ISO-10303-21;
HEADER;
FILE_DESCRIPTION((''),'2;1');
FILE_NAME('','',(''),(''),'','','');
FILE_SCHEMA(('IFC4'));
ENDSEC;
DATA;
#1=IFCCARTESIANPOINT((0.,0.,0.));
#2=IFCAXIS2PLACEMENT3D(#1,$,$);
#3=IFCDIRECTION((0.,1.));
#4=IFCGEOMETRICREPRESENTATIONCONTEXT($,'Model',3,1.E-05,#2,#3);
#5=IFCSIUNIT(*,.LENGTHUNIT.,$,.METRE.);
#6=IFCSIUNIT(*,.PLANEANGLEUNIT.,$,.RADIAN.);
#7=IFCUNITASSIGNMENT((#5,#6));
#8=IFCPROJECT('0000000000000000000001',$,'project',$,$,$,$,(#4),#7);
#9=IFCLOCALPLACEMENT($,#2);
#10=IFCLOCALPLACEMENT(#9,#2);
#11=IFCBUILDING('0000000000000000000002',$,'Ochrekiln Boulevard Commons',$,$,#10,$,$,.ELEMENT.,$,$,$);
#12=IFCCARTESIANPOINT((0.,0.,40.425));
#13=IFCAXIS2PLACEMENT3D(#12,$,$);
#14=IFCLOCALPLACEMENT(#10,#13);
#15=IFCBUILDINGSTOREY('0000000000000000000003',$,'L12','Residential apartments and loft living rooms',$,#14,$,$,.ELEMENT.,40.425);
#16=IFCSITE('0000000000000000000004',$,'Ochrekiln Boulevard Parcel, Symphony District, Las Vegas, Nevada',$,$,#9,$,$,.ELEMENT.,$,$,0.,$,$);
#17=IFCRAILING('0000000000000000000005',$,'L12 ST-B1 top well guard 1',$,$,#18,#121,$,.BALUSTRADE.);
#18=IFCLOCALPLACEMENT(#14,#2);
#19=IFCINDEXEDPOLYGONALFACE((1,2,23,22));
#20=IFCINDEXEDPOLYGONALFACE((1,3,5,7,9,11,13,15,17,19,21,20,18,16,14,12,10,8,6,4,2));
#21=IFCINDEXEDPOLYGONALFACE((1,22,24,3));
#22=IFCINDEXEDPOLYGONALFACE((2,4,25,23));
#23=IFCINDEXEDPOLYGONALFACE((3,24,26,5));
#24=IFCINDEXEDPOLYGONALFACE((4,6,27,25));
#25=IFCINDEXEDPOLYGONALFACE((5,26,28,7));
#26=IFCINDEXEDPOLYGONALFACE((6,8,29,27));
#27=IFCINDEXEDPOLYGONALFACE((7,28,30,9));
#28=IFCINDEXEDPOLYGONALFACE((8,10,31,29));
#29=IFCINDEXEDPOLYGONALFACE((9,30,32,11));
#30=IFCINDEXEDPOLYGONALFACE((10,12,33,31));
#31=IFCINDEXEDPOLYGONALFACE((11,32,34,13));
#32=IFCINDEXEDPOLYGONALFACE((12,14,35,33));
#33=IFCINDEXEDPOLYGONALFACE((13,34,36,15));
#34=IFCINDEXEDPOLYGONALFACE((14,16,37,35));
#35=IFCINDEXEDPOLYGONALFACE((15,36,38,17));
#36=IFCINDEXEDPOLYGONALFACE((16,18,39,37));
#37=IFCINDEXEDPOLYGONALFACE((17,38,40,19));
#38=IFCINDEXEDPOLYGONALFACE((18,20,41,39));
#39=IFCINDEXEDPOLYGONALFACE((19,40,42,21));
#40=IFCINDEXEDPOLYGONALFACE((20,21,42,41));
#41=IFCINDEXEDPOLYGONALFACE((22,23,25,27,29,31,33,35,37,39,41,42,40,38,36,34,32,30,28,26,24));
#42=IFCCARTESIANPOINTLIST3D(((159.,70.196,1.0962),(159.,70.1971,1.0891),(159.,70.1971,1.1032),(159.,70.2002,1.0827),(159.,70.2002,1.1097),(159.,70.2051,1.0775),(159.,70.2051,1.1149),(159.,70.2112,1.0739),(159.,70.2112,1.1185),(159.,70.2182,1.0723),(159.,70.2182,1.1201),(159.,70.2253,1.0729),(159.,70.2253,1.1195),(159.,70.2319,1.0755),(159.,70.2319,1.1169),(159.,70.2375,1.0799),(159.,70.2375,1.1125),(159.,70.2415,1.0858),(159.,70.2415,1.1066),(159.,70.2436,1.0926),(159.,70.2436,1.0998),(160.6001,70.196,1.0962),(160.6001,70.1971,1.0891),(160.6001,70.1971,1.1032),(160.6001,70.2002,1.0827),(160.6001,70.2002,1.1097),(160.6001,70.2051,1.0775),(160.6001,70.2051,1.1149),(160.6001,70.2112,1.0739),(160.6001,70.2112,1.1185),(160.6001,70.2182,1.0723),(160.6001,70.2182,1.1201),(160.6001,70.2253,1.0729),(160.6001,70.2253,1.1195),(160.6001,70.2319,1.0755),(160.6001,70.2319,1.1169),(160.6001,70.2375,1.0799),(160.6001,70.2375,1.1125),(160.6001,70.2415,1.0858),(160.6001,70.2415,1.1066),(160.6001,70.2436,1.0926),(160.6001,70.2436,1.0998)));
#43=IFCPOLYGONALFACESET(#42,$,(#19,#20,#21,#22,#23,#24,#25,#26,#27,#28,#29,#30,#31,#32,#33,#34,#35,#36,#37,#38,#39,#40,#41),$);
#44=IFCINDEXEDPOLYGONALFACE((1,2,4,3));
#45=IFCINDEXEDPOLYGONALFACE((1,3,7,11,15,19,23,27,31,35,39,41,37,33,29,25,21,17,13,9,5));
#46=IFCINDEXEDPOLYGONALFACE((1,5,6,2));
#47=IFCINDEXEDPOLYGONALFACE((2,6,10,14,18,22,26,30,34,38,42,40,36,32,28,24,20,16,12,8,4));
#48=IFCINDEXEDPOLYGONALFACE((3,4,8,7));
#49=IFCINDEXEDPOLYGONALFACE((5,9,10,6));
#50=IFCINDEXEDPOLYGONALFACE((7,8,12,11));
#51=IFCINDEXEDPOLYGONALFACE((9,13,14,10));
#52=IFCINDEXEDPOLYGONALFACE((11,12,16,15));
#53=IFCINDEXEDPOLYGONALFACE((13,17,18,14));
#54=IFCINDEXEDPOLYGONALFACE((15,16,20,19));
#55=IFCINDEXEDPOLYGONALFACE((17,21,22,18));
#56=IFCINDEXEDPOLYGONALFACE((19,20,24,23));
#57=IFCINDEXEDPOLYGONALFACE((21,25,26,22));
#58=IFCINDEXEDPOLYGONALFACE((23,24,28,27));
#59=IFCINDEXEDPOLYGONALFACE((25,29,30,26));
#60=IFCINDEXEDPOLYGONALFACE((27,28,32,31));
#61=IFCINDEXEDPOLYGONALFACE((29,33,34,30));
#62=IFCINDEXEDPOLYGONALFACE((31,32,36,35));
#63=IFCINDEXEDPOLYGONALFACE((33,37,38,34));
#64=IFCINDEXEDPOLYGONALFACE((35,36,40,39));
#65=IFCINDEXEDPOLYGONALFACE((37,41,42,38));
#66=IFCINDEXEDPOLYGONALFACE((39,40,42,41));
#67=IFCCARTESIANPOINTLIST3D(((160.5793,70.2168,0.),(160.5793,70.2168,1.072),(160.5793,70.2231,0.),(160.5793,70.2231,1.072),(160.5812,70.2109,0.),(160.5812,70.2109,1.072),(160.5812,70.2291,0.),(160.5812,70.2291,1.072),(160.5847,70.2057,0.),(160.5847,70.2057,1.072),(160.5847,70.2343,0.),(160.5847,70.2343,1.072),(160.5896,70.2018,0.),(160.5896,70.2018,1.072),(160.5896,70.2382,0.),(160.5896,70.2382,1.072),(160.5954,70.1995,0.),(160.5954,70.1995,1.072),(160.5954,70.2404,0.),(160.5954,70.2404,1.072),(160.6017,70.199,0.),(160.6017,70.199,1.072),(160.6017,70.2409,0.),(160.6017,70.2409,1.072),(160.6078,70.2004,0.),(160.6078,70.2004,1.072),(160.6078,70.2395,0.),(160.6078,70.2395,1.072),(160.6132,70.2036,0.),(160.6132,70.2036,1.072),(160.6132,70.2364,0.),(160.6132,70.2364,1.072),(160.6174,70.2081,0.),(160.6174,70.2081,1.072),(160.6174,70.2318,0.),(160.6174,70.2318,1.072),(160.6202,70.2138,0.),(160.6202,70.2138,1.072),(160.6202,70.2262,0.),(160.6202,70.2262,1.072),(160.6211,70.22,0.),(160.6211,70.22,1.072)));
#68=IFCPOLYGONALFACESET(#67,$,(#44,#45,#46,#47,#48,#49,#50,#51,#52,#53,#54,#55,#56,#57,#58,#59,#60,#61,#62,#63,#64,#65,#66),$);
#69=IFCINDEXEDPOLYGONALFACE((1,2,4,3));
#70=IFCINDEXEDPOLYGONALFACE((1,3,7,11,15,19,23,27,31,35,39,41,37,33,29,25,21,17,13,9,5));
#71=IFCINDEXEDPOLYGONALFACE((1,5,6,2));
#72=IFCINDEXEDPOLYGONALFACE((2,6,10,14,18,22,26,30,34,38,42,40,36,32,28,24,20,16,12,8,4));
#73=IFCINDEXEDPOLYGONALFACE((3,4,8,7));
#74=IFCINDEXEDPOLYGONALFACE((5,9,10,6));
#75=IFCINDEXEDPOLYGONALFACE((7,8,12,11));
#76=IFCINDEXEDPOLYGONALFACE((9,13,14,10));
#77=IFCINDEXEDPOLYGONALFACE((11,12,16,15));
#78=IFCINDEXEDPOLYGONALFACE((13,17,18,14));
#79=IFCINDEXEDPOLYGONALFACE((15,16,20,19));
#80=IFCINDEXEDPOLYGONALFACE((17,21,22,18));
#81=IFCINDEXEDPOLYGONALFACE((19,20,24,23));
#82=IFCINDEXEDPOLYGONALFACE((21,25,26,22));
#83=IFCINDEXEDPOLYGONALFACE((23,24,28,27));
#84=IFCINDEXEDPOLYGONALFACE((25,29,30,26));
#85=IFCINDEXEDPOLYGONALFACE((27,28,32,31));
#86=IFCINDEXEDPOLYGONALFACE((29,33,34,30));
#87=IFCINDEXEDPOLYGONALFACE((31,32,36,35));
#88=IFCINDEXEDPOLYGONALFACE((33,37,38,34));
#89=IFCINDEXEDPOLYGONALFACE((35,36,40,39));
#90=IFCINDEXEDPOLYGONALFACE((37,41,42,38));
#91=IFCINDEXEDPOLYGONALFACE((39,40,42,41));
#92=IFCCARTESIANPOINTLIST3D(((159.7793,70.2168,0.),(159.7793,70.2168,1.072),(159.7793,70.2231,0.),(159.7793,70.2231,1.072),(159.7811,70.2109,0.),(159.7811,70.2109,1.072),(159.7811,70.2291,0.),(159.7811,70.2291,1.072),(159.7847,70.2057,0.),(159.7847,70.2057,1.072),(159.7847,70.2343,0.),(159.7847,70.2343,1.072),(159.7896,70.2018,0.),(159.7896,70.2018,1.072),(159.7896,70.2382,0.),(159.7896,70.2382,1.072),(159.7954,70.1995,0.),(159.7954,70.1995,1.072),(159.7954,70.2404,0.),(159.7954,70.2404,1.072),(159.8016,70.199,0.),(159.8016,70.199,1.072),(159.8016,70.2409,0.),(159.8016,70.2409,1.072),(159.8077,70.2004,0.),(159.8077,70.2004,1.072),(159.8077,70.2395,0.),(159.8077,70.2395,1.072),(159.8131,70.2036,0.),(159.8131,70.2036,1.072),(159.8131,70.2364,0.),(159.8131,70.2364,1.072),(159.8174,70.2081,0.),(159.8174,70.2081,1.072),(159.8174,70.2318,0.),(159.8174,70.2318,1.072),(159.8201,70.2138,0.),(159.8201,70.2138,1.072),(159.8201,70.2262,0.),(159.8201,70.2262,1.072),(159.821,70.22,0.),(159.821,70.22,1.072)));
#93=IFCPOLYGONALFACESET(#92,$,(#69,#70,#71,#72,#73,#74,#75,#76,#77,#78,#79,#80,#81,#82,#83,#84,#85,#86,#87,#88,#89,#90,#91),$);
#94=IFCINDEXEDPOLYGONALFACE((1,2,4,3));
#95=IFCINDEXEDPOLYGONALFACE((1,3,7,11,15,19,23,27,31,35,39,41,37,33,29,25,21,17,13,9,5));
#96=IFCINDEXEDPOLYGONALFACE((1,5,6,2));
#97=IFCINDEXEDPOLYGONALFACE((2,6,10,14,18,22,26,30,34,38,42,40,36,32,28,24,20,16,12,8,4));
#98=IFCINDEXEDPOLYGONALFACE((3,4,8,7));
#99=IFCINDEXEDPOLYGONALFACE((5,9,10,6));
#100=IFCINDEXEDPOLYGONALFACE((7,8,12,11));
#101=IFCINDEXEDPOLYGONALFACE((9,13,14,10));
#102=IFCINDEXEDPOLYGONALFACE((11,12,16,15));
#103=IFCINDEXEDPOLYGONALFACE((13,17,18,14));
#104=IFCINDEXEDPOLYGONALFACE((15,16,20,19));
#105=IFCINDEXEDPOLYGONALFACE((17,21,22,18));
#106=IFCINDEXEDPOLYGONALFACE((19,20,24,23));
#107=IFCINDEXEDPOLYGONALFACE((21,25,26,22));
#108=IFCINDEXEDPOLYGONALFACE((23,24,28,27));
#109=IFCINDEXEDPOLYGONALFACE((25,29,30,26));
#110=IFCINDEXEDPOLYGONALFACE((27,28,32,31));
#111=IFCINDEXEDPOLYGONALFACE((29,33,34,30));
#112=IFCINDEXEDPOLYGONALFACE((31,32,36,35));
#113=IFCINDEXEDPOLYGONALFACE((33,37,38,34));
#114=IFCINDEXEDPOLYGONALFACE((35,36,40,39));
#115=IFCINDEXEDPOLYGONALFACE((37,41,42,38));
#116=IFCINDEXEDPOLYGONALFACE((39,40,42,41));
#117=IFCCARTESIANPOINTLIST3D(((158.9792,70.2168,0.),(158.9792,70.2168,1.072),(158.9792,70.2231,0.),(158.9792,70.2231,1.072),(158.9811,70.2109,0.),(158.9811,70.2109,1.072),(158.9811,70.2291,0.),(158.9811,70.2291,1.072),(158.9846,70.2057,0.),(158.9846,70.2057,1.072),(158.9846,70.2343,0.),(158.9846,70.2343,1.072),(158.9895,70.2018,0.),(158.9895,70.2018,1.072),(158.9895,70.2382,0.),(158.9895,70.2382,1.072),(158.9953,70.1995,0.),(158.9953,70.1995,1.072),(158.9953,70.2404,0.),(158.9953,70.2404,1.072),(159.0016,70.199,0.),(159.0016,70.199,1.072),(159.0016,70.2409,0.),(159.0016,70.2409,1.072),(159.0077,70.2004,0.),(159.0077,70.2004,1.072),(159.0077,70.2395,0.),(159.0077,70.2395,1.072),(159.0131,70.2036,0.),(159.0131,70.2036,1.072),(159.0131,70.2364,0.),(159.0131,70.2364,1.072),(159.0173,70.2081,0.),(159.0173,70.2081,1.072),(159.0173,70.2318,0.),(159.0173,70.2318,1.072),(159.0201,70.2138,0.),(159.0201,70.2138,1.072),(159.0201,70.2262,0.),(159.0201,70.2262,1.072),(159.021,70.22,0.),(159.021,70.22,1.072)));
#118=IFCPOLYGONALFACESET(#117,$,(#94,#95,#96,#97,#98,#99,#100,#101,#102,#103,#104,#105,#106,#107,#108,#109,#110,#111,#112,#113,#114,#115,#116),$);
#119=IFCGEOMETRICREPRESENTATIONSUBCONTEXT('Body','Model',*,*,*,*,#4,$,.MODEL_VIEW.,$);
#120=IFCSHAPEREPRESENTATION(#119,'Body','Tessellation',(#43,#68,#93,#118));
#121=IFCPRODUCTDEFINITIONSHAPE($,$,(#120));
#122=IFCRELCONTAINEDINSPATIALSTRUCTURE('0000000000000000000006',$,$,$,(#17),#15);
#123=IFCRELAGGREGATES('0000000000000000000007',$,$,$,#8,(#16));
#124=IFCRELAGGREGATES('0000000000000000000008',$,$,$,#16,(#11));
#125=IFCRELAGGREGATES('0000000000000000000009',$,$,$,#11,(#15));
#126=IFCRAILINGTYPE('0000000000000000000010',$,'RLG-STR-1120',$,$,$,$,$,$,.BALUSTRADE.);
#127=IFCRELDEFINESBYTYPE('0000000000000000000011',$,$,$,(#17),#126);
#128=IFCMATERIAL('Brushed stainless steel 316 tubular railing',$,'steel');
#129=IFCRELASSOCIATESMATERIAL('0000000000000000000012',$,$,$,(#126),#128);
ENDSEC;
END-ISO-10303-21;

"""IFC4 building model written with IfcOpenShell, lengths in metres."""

from ifc_helpers import new_model, si_unit, direction, frame, origin, origin_2d, place, context, subcontext, project, spatial, circle, extrude, material, type_object, element, save


model = new_model("IFC4")

# Units and contexts
model_context = context("Model", 3, precision=1e-05, world=origin(), true_north=direction((0.0, 1.0)))
body_context = subcontext(model_context, "Body", "Model", "MODEL_VIEW")
ifc_project = project(units=[si_unit("LENGTHUNIT", "METRE"), si_unit("PLANEANGLEUNIT", "RADIAN")], contexts=[model_context])

# Site, building, storey
site_placement = place(None, origin())
site = spatial("IfcSite", under=ifc_project, at=site_placement, Name="Ochrekiln Boulevard Parcel, Symphony District, Las Vegas, Nevada", CompositionType="ELEMENT", RefElevation=0.0)
building_placement = place(site_placement, origin())
building = spatial("IfcBuilding", under=site, at=building_placement, Name="Ochrekiln Boulevard Commons", CompositionType="ELEMENT")
storey_placement = place(building_placement, frame((0.0, 0.0, 40.425)))
storey = spatial("IfcBuildingStorey", under=building, at=storey_placement, Name="L12", Description="Residential apartments and loft living rooms", CompositionType="ELEMENT", Elevation=40.425)

# Railing
ifc_material_1 = material(Name="Brushed stainless steel 316 tubular railing", Category="steel")
railing_type = type_object("IfcRailingType", Name="RLG-STR-1120", PredefinedType="BALUSTRADE", material=ifc_material_1)
railing_placement = place(storey_placement, frame((160.6001, 70.22, 0.0)))
element("IfcRailing", 1, at=railing_placement, inside=storey, type_object=railing_type, Name="L12 ST-B1 top well guard 1", PredefinedType="BALUSTRADE", context=body_context, shape_type="SweptSolid", body=[
    extrude(circle(Radius=0.0239, at=origin_2d()), frame((0.0, 0.0, 1.0962), z_axis=(-1.0, 0.0, 0.0), x_axis=(0.0, -1.0, 0.0)), (0.0, 0.0, 1.0), 1.6001),
    extrude(circle(Radius=0.021, at=origin_2d()), origin(), (0.0, 0.0, 1.0), 1.072),
    extrude(circle(Radius=0.021, at=origin_2d()), frame((-0.8, 0.0, 0.0)), (0.0, 0.0, 1.0), 1.072),
    extrude(circle(Radius=0.021, at=origin_2d()), frame((-1.6001, 0.0, 0.0)), (0.0, 0.0, 1.0), 1.072),
])

save(model, "model.ifc")
